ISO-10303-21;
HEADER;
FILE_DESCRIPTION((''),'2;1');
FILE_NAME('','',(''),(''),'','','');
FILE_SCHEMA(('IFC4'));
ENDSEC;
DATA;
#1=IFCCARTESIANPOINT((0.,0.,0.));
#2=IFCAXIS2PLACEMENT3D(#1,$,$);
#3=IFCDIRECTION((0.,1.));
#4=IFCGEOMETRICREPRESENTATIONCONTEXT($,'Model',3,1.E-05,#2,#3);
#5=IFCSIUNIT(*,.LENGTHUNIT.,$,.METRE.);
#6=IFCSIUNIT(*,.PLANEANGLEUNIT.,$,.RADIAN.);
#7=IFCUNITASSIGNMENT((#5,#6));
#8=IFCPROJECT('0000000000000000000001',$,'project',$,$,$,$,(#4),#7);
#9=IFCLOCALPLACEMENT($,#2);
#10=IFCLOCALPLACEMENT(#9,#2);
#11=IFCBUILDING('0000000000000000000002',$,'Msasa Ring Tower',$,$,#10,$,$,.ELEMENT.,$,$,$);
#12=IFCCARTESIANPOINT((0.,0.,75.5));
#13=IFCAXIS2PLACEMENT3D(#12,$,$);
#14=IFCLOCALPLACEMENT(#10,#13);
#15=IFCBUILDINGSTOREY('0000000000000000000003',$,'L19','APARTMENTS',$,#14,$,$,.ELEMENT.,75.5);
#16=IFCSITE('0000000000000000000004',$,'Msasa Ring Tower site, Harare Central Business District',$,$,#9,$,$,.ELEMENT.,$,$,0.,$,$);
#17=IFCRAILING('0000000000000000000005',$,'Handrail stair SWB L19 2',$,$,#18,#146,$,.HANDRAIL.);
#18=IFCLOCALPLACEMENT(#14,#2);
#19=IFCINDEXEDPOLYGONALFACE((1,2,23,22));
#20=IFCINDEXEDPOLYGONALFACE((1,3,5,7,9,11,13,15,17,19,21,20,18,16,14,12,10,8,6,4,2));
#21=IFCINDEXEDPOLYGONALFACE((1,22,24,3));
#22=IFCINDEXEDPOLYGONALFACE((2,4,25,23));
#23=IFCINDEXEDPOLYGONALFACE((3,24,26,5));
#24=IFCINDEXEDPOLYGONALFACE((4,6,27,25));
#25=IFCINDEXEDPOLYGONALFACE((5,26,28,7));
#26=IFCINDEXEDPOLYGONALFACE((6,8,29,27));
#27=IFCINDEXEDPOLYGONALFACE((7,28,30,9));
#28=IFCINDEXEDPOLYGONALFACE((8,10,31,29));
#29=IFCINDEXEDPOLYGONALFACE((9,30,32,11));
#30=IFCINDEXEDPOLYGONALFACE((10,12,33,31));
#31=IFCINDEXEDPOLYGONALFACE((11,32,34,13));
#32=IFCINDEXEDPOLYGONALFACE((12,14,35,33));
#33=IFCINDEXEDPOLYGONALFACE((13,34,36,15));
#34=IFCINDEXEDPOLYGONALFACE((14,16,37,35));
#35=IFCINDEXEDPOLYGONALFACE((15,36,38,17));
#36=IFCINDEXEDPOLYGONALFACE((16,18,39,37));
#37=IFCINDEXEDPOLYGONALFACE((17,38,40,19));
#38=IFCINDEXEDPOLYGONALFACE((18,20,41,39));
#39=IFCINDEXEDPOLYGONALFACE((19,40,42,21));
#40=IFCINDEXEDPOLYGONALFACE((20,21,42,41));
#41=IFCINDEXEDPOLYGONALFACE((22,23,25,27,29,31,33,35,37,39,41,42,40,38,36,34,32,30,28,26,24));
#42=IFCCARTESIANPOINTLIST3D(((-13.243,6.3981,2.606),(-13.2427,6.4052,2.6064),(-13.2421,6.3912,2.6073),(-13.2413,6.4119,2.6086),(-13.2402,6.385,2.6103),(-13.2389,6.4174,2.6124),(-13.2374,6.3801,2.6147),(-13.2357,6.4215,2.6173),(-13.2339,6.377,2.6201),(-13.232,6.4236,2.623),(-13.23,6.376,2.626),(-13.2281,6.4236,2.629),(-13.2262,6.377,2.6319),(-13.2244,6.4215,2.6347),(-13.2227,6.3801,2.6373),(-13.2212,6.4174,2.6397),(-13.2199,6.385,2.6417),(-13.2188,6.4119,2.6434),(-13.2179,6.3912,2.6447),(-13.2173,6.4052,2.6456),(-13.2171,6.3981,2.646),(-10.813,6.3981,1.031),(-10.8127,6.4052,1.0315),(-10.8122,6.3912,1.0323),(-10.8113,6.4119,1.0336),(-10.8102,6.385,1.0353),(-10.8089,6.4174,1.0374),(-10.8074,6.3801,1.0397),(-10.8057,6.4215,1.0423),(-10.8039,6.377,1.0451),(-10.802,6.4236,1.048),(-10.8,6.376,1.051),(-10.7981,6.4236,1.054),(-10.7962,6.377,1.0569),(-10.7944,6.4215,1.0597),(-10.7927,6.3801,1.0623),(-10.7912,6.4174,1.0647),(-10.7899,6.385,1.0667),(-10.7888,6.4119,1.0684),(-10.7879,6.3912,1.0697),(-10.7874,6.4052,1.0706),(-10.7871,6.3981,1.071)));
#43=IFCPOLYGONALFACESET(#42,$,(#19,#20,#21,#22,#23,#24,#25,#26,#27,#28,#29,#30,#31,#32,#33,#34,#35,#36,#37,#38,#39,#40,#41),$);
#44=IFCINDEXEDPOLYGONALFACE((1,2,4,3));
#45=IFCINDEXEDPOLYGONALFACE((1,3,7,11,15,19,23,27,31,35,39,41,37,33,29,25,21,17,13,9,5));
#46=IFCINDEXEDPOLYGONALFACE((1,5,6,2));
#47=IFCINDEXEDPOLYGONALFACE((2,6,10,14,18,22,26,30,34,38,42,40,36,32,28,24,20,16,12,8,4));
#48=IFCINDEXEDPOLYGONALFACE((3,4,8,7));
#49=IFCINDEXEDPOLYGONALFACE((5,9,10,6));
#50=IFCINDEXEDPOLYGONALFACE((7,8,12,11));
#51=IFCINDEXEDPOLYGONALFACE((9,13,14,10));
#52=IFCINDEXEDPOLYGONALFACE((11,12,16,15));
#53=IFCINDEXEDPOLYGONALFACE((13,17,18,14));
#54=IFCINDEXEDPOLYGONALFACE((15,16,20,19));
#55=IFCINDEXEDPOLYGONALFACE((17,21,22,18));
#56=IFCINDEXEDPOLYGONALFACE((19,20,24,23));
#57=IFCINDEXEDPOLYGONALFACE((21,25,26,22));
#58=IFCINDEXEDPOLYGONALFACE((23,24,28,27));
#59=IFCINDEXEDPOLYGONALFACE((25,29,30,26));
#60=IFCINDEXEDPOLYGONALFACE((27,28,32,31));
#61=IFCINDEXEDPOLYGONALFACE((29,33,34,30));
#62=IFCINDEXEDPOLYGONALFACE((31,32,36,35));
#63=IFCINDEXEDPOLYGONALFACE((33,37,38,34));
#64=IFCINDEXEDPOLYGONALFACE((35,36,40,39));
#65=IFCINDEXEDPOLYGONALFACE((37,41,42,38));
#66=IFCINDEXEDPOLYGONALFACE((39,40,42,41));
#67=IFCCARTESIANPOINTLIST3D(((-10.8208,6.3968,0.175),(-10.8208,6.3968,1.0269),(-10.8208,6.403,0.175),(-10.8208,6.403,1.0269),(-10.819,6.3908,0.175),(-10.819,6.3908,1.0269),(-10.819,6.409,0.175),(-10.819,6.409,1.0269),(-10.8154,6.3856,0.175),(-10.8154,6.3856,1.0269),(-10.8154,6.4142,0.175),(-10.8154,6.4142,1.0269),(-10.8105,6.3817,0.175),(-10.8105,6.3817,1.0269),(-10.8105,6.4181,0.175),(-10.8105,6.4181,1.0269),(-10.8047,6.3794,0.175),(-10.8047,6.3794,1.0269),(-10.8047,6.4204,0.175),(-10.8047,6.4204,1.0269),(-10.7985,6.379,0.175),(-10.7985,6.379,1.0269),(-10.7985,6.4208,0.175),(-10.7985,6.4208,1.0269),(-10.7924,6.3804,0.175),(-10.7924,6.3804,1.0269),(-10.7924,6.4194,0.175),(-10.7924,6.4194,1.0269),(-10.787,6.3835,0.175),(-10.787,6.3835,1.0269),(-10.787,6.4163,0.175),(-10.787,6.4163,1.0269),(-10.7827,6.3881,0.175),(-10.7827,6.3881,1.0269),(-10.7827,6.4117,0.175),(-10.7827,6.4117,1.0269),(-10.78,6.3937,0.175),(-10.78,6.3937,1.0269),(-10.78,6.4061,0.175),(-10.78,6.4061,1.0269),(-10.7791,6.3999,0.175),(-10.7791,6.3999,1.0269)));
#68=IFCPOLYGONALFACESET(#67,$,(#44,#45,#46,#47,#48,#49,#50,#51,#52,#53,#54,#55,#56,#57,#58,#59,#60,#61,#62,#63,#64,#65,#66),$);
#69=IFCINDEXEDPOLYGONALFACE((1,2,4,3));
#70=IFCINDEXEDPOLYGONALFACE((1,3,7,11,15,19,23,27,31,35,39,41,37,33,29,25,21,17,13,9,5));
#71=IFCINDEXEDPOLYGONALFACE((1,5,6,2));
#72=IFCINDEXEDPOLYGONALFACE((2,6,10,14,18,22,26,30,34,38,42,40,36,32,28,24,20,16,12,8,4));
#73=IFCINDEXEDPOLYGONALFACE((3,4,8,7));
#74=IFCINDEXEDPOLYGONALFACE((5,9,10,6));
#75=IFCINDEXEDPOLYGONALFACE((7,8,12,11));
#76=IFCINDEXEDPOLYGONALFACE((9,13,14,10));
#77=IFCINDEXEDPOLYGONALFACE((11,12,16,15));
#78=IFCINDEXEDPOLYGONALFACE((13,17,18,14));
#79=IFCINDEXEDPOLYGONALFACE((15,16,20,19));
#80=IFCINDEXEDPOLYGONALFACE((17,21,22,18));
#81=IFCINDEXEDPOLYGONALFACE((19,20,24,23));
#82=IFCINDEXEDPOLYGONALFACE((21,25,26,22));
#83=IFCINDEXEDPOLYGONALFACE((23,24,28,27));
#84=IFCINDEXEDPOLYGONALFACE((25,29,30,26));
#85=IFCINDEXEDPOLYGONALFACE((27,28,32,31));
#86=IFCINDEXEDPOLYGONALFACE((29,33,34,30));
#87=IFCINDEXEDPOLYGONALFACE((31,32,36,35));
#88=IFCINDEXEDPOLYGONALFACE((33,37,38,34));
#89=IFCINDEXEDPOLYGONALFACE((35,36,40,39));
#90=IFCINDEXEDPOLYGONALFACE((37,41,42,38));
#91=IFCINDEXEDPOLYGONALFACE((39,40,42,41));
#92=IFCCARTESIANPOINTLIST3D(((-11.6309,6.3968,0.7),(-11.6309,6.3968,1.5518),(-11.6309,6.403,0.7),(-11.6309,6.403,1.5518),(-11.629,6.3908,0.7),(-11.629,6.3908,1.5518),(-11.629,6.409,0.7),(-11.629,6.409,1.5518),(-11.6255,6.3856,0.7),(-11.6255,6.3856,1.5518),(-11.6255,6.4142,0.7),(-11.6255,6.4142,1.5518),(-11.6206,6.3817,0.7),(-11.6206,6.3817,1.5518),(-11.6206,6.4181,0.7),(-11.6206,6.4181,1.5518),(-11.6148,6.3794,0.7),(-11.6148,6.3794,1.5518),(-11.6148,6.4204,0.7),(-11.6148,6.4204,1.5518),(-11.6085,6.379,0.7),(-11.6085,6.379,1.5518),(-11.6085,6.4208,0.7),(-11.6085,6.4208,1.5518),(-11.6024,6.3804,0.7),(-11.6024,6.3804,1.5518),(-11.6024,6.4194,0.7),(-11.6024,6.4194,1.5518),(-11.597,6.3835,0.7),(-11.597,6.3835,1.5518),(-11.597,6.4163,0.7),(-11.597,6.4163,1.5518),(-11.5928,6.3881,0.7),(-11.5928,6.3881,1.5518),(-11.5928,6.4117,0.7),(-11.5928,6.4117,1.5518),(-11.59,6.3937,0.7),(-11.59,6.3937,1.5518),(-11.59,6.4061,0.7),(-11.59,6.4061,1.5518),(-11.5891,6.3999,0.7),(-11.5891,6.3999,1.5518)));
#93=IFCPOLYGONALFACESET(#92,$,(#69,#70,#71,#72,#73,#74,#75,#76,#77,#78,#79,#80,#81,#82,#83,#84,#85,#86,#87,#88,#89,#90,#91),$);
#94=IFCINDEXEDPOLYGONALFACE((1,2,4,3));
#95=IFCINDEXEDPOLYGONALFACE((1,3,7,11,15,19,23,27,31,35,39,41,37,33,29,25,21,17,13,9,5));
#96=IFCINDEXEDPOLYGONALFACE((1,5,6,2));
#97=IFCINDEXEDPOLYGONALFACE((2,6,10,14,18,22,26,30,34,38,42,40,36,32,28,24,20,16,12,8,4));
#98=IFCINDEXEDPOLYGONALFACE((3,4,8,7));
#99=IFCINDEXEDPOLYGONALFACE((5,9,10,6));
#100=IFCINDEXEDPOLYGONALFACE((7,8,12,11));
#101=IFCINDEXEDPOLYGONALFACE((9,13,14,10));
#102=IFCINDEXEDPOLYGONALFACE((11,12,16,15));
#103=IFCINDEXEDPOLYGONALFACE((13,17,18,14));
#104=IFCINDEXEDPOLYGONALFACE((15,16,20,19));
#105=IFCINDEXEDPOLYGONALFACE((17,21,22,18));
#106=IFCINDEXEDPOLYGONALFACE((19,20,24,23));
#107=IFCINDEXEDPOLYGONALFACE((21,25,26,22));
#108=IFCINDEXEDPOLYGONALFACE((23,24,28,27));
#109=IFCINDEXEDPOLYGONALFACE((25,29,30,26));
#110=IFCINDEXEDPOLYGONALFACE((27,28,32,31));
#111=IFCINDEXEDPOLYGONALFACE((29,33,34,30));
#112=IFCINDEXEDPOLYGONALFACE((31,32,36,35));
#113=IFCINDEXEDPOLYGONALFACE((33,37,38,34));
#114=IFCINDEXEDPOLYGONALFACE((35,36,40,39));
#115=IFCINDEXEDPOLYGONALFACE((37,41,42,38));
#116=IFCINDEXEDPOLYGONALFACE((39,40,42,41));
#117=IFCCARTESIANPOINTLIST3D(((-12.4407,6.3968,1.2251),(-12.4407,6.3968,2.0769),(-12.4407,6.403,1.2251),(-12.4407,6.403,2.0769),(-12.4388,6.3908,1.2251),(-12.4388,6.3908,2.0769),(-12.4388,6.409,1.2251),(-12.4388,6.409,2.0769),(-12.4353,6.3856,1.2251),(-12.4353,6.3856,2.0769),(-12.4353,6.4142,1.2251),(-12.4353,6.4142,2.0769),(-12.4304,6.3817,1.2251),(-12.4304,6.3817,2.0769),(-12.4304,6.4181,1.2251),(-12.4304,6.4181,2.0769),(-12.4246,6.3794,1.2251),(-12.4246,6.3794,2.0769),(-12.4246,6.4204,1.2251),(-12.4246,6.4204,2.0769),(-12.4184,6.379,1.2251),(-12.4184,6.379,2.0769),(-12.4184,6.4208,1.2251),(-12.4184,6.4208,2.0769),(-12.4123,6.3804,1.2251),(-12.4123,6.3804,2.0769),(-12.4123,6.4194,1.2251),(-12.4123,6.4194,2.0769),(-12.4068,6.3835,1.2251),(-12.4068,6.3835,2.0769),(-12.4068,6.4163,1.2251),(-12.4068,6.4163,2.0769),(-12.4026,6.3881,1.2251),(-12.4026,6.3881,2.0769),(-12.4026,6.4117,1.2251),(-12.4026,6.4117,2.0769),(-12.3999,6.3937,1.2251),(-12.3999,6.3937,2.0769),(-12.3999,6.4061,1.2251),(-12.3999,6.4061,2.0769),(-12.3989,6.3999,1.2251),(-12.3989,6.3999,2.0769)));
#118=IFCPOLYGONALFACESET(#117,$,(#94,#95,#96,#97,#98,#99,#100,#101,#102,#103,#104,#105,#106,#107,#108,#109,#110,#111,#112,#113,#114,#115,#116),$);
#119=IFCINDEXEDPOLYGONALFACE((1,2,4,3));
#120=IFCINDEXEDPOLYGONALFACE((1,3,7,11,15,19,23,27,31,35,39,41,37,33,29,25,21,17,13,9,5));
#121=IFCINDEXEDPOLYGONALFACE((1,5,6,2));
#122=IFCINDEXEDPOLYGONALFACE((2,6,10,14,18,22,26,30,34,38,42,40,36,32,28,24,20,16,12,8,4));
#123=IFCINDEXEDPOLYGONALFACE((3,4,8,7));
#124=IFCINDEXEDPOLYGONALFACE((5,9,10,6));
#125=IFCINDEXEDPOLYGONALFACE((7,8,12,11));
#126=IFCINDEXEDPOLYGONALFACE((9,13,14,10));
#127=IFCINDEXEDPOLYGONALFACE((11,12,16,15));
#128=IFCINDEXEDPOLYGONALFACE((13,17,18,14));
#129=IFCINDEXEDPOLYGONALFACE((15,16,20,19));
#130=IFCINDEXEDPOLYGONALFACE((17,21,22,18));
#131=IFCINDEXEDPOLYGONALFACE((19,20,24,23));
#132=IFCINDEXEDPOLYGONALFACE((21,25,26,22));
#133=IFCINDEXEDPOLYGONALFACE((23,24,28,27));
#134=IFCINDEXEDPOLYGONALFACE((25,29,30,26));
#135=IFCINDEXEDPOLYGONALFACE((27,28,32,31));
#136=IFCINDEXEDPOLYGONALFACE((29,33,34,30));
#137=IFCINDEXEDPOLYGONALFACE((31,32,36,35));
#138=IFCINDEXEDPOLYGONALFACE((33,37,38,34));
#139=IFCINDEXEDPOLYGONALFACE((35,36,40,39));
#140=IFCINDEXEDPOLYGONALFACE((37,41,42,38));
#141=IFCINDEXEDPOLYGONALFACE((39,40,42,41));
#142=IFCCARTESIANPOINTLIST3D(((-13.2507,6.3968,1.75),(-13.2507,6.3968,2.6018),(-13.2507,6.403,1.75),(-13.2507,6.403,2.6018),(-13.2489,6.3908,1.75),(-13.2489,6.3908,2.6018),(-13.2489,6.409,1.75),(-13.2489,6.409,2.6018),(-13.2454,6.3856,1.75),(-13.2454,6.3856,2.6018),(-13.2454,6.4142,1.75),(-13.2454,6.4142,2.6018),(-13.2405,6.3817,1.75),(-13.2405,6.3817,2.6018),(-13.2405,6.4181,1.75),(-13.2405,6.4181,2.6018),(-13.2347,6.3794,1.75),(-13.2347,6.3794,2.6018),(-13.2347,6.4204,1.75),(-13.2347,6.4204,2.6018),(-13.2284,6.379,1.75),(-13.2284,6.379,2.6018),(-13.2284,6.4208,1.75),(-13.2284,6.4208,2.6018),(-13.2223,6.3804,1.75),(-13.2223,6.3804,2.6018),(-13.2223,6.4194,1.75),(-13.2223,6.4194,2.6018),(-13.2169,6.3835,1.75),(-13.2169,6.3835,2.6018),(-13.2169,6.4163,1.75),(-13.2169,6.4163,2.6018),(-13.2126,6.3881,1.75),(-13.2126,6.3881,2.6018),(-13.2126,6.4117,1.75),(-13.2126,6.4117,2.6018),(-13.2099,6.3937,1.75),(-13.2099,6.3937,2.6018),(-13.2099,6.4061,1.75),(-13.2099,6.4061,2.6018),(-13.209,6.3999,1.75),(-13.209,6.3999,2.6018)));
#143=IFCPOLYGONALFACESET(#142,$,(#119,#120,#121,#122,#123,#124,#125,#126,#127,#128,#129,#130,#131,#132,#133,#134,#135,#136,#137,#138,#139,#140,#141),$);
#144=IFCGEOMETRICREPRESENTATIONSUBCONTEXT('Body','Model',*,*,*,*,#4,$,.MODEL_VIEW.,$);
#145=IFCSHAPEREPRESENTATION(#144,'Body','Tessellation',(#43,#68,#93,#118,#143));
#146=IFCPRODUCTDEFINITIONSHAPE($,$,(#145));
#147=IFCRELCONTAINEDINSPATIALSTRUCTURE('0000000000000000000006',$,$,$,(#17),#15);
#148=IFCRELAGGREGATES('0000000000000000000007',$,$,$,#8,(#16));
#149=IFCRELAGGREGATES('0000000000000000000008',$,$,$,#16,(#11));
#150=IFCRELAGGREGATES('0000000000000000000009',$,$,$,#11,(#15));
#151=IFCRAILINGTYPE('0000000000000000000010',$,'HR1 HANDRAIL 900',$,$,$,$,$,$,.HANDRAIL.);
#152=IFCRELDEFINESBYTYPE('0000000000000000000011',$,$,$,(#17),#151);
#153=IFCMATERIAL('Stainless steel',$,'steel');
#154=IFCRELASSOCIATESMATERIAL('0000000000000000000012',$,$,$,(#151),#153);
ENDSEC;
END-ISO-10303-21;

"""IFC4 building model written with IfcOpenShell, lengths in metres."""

from ifc_helpers import new_model, si_unit, direction, frame, origin, origin_2d, place, context, subcontext, project, spatial, circle, extrude, material, type_object, element, save


model = new_model("IFC4")

# Units and contexts
model_context = context("Model", 3, precision=1e-05, world=origin(), true_north=direction((0.0, 1.0)))
body_context = subcontext(model_context, "Body", "Model", "MODEL_VIEW")
ifc_project = project(units=[si_unit("LENGTHUNIT", "METRE"), si_unit("PLANEANGLEUNIT", "RADIAN")], contexts=[model_context])

# Site, building, storey
site_placement = place(None, origin())
site = spatial("IfcSite", under=ifc_project, at=site_placement, Name="Msasa Ring Tower site, Harare Central Business District", CompositionType="ELEMENT", RefElevation=0.0)
building_placement = place(site_placement, origin())
building = spatial("IfcBuilding", under=site, at=building_placement, Name="Msasa Ring Tower", CompositionType="ELEMENT")
storey_placement = place(building_placement, frame((0.0, 0.0, 75.5)))
storey = spatial("IfcBuildingStorey", under=building, at=storey_placement, Name="L19", Description="APARTMENTS", CompositionType="ELEMENT", Elevation=75.5)

# Railing
ifc_material_1 = material(Name="Stainless steel", Category="steel")
railing_type = type_object("IfcRailingType", Name="HR1 HANDRAIL 900", PredefinedType="HANDRAIL", material=ifc_material_1)
for number, where, name in (
    (1, (-10.8, 6.3999, 0.175), "Handrail stair SWB L19 2"),
):
    element("IfcRailing", number, at=place(storey_placement, frame(where)), inside=storey, type_object=railing_type, Name=name, PredefinedType="HANDRAIL", context=body_context, shape_type="SweptSolid", body=[
        extrude(circle(Radius=0.0239, at=origin_2d()), frame((0.0, 0.0, 0.876), z_axis=(-0.839154, 0.0, 0.543894), x_axis=(0.0, -1.0, 0.0)), (0.0, 0.0, 1.0), 2.8958),
        extrude(circle(Radius=0.021, at=origin_2d()), origin(), (0.0, 0.0, 1.0), 0.8518),
        extrude(circle(Radius=0.021, at=origin_2d()), frame((-0.8101, 0.0, 0.5249)), (0.0, 0.0, 1.0), 0.8518),
        extrude(circle(Radius=0.021, at=origin_2d()), frame((-1.6199, 0.0, 1.05)), (0.0, 0.0, 1.0), 0.8518),
        extrude(circle(Radius=0.021, at=origin_2d()), frame((-2.4299, 0.0, 1.575)), (0.0, 0.0, 1.0), 0.8518),
    ])

save(model, "model.ifc")
